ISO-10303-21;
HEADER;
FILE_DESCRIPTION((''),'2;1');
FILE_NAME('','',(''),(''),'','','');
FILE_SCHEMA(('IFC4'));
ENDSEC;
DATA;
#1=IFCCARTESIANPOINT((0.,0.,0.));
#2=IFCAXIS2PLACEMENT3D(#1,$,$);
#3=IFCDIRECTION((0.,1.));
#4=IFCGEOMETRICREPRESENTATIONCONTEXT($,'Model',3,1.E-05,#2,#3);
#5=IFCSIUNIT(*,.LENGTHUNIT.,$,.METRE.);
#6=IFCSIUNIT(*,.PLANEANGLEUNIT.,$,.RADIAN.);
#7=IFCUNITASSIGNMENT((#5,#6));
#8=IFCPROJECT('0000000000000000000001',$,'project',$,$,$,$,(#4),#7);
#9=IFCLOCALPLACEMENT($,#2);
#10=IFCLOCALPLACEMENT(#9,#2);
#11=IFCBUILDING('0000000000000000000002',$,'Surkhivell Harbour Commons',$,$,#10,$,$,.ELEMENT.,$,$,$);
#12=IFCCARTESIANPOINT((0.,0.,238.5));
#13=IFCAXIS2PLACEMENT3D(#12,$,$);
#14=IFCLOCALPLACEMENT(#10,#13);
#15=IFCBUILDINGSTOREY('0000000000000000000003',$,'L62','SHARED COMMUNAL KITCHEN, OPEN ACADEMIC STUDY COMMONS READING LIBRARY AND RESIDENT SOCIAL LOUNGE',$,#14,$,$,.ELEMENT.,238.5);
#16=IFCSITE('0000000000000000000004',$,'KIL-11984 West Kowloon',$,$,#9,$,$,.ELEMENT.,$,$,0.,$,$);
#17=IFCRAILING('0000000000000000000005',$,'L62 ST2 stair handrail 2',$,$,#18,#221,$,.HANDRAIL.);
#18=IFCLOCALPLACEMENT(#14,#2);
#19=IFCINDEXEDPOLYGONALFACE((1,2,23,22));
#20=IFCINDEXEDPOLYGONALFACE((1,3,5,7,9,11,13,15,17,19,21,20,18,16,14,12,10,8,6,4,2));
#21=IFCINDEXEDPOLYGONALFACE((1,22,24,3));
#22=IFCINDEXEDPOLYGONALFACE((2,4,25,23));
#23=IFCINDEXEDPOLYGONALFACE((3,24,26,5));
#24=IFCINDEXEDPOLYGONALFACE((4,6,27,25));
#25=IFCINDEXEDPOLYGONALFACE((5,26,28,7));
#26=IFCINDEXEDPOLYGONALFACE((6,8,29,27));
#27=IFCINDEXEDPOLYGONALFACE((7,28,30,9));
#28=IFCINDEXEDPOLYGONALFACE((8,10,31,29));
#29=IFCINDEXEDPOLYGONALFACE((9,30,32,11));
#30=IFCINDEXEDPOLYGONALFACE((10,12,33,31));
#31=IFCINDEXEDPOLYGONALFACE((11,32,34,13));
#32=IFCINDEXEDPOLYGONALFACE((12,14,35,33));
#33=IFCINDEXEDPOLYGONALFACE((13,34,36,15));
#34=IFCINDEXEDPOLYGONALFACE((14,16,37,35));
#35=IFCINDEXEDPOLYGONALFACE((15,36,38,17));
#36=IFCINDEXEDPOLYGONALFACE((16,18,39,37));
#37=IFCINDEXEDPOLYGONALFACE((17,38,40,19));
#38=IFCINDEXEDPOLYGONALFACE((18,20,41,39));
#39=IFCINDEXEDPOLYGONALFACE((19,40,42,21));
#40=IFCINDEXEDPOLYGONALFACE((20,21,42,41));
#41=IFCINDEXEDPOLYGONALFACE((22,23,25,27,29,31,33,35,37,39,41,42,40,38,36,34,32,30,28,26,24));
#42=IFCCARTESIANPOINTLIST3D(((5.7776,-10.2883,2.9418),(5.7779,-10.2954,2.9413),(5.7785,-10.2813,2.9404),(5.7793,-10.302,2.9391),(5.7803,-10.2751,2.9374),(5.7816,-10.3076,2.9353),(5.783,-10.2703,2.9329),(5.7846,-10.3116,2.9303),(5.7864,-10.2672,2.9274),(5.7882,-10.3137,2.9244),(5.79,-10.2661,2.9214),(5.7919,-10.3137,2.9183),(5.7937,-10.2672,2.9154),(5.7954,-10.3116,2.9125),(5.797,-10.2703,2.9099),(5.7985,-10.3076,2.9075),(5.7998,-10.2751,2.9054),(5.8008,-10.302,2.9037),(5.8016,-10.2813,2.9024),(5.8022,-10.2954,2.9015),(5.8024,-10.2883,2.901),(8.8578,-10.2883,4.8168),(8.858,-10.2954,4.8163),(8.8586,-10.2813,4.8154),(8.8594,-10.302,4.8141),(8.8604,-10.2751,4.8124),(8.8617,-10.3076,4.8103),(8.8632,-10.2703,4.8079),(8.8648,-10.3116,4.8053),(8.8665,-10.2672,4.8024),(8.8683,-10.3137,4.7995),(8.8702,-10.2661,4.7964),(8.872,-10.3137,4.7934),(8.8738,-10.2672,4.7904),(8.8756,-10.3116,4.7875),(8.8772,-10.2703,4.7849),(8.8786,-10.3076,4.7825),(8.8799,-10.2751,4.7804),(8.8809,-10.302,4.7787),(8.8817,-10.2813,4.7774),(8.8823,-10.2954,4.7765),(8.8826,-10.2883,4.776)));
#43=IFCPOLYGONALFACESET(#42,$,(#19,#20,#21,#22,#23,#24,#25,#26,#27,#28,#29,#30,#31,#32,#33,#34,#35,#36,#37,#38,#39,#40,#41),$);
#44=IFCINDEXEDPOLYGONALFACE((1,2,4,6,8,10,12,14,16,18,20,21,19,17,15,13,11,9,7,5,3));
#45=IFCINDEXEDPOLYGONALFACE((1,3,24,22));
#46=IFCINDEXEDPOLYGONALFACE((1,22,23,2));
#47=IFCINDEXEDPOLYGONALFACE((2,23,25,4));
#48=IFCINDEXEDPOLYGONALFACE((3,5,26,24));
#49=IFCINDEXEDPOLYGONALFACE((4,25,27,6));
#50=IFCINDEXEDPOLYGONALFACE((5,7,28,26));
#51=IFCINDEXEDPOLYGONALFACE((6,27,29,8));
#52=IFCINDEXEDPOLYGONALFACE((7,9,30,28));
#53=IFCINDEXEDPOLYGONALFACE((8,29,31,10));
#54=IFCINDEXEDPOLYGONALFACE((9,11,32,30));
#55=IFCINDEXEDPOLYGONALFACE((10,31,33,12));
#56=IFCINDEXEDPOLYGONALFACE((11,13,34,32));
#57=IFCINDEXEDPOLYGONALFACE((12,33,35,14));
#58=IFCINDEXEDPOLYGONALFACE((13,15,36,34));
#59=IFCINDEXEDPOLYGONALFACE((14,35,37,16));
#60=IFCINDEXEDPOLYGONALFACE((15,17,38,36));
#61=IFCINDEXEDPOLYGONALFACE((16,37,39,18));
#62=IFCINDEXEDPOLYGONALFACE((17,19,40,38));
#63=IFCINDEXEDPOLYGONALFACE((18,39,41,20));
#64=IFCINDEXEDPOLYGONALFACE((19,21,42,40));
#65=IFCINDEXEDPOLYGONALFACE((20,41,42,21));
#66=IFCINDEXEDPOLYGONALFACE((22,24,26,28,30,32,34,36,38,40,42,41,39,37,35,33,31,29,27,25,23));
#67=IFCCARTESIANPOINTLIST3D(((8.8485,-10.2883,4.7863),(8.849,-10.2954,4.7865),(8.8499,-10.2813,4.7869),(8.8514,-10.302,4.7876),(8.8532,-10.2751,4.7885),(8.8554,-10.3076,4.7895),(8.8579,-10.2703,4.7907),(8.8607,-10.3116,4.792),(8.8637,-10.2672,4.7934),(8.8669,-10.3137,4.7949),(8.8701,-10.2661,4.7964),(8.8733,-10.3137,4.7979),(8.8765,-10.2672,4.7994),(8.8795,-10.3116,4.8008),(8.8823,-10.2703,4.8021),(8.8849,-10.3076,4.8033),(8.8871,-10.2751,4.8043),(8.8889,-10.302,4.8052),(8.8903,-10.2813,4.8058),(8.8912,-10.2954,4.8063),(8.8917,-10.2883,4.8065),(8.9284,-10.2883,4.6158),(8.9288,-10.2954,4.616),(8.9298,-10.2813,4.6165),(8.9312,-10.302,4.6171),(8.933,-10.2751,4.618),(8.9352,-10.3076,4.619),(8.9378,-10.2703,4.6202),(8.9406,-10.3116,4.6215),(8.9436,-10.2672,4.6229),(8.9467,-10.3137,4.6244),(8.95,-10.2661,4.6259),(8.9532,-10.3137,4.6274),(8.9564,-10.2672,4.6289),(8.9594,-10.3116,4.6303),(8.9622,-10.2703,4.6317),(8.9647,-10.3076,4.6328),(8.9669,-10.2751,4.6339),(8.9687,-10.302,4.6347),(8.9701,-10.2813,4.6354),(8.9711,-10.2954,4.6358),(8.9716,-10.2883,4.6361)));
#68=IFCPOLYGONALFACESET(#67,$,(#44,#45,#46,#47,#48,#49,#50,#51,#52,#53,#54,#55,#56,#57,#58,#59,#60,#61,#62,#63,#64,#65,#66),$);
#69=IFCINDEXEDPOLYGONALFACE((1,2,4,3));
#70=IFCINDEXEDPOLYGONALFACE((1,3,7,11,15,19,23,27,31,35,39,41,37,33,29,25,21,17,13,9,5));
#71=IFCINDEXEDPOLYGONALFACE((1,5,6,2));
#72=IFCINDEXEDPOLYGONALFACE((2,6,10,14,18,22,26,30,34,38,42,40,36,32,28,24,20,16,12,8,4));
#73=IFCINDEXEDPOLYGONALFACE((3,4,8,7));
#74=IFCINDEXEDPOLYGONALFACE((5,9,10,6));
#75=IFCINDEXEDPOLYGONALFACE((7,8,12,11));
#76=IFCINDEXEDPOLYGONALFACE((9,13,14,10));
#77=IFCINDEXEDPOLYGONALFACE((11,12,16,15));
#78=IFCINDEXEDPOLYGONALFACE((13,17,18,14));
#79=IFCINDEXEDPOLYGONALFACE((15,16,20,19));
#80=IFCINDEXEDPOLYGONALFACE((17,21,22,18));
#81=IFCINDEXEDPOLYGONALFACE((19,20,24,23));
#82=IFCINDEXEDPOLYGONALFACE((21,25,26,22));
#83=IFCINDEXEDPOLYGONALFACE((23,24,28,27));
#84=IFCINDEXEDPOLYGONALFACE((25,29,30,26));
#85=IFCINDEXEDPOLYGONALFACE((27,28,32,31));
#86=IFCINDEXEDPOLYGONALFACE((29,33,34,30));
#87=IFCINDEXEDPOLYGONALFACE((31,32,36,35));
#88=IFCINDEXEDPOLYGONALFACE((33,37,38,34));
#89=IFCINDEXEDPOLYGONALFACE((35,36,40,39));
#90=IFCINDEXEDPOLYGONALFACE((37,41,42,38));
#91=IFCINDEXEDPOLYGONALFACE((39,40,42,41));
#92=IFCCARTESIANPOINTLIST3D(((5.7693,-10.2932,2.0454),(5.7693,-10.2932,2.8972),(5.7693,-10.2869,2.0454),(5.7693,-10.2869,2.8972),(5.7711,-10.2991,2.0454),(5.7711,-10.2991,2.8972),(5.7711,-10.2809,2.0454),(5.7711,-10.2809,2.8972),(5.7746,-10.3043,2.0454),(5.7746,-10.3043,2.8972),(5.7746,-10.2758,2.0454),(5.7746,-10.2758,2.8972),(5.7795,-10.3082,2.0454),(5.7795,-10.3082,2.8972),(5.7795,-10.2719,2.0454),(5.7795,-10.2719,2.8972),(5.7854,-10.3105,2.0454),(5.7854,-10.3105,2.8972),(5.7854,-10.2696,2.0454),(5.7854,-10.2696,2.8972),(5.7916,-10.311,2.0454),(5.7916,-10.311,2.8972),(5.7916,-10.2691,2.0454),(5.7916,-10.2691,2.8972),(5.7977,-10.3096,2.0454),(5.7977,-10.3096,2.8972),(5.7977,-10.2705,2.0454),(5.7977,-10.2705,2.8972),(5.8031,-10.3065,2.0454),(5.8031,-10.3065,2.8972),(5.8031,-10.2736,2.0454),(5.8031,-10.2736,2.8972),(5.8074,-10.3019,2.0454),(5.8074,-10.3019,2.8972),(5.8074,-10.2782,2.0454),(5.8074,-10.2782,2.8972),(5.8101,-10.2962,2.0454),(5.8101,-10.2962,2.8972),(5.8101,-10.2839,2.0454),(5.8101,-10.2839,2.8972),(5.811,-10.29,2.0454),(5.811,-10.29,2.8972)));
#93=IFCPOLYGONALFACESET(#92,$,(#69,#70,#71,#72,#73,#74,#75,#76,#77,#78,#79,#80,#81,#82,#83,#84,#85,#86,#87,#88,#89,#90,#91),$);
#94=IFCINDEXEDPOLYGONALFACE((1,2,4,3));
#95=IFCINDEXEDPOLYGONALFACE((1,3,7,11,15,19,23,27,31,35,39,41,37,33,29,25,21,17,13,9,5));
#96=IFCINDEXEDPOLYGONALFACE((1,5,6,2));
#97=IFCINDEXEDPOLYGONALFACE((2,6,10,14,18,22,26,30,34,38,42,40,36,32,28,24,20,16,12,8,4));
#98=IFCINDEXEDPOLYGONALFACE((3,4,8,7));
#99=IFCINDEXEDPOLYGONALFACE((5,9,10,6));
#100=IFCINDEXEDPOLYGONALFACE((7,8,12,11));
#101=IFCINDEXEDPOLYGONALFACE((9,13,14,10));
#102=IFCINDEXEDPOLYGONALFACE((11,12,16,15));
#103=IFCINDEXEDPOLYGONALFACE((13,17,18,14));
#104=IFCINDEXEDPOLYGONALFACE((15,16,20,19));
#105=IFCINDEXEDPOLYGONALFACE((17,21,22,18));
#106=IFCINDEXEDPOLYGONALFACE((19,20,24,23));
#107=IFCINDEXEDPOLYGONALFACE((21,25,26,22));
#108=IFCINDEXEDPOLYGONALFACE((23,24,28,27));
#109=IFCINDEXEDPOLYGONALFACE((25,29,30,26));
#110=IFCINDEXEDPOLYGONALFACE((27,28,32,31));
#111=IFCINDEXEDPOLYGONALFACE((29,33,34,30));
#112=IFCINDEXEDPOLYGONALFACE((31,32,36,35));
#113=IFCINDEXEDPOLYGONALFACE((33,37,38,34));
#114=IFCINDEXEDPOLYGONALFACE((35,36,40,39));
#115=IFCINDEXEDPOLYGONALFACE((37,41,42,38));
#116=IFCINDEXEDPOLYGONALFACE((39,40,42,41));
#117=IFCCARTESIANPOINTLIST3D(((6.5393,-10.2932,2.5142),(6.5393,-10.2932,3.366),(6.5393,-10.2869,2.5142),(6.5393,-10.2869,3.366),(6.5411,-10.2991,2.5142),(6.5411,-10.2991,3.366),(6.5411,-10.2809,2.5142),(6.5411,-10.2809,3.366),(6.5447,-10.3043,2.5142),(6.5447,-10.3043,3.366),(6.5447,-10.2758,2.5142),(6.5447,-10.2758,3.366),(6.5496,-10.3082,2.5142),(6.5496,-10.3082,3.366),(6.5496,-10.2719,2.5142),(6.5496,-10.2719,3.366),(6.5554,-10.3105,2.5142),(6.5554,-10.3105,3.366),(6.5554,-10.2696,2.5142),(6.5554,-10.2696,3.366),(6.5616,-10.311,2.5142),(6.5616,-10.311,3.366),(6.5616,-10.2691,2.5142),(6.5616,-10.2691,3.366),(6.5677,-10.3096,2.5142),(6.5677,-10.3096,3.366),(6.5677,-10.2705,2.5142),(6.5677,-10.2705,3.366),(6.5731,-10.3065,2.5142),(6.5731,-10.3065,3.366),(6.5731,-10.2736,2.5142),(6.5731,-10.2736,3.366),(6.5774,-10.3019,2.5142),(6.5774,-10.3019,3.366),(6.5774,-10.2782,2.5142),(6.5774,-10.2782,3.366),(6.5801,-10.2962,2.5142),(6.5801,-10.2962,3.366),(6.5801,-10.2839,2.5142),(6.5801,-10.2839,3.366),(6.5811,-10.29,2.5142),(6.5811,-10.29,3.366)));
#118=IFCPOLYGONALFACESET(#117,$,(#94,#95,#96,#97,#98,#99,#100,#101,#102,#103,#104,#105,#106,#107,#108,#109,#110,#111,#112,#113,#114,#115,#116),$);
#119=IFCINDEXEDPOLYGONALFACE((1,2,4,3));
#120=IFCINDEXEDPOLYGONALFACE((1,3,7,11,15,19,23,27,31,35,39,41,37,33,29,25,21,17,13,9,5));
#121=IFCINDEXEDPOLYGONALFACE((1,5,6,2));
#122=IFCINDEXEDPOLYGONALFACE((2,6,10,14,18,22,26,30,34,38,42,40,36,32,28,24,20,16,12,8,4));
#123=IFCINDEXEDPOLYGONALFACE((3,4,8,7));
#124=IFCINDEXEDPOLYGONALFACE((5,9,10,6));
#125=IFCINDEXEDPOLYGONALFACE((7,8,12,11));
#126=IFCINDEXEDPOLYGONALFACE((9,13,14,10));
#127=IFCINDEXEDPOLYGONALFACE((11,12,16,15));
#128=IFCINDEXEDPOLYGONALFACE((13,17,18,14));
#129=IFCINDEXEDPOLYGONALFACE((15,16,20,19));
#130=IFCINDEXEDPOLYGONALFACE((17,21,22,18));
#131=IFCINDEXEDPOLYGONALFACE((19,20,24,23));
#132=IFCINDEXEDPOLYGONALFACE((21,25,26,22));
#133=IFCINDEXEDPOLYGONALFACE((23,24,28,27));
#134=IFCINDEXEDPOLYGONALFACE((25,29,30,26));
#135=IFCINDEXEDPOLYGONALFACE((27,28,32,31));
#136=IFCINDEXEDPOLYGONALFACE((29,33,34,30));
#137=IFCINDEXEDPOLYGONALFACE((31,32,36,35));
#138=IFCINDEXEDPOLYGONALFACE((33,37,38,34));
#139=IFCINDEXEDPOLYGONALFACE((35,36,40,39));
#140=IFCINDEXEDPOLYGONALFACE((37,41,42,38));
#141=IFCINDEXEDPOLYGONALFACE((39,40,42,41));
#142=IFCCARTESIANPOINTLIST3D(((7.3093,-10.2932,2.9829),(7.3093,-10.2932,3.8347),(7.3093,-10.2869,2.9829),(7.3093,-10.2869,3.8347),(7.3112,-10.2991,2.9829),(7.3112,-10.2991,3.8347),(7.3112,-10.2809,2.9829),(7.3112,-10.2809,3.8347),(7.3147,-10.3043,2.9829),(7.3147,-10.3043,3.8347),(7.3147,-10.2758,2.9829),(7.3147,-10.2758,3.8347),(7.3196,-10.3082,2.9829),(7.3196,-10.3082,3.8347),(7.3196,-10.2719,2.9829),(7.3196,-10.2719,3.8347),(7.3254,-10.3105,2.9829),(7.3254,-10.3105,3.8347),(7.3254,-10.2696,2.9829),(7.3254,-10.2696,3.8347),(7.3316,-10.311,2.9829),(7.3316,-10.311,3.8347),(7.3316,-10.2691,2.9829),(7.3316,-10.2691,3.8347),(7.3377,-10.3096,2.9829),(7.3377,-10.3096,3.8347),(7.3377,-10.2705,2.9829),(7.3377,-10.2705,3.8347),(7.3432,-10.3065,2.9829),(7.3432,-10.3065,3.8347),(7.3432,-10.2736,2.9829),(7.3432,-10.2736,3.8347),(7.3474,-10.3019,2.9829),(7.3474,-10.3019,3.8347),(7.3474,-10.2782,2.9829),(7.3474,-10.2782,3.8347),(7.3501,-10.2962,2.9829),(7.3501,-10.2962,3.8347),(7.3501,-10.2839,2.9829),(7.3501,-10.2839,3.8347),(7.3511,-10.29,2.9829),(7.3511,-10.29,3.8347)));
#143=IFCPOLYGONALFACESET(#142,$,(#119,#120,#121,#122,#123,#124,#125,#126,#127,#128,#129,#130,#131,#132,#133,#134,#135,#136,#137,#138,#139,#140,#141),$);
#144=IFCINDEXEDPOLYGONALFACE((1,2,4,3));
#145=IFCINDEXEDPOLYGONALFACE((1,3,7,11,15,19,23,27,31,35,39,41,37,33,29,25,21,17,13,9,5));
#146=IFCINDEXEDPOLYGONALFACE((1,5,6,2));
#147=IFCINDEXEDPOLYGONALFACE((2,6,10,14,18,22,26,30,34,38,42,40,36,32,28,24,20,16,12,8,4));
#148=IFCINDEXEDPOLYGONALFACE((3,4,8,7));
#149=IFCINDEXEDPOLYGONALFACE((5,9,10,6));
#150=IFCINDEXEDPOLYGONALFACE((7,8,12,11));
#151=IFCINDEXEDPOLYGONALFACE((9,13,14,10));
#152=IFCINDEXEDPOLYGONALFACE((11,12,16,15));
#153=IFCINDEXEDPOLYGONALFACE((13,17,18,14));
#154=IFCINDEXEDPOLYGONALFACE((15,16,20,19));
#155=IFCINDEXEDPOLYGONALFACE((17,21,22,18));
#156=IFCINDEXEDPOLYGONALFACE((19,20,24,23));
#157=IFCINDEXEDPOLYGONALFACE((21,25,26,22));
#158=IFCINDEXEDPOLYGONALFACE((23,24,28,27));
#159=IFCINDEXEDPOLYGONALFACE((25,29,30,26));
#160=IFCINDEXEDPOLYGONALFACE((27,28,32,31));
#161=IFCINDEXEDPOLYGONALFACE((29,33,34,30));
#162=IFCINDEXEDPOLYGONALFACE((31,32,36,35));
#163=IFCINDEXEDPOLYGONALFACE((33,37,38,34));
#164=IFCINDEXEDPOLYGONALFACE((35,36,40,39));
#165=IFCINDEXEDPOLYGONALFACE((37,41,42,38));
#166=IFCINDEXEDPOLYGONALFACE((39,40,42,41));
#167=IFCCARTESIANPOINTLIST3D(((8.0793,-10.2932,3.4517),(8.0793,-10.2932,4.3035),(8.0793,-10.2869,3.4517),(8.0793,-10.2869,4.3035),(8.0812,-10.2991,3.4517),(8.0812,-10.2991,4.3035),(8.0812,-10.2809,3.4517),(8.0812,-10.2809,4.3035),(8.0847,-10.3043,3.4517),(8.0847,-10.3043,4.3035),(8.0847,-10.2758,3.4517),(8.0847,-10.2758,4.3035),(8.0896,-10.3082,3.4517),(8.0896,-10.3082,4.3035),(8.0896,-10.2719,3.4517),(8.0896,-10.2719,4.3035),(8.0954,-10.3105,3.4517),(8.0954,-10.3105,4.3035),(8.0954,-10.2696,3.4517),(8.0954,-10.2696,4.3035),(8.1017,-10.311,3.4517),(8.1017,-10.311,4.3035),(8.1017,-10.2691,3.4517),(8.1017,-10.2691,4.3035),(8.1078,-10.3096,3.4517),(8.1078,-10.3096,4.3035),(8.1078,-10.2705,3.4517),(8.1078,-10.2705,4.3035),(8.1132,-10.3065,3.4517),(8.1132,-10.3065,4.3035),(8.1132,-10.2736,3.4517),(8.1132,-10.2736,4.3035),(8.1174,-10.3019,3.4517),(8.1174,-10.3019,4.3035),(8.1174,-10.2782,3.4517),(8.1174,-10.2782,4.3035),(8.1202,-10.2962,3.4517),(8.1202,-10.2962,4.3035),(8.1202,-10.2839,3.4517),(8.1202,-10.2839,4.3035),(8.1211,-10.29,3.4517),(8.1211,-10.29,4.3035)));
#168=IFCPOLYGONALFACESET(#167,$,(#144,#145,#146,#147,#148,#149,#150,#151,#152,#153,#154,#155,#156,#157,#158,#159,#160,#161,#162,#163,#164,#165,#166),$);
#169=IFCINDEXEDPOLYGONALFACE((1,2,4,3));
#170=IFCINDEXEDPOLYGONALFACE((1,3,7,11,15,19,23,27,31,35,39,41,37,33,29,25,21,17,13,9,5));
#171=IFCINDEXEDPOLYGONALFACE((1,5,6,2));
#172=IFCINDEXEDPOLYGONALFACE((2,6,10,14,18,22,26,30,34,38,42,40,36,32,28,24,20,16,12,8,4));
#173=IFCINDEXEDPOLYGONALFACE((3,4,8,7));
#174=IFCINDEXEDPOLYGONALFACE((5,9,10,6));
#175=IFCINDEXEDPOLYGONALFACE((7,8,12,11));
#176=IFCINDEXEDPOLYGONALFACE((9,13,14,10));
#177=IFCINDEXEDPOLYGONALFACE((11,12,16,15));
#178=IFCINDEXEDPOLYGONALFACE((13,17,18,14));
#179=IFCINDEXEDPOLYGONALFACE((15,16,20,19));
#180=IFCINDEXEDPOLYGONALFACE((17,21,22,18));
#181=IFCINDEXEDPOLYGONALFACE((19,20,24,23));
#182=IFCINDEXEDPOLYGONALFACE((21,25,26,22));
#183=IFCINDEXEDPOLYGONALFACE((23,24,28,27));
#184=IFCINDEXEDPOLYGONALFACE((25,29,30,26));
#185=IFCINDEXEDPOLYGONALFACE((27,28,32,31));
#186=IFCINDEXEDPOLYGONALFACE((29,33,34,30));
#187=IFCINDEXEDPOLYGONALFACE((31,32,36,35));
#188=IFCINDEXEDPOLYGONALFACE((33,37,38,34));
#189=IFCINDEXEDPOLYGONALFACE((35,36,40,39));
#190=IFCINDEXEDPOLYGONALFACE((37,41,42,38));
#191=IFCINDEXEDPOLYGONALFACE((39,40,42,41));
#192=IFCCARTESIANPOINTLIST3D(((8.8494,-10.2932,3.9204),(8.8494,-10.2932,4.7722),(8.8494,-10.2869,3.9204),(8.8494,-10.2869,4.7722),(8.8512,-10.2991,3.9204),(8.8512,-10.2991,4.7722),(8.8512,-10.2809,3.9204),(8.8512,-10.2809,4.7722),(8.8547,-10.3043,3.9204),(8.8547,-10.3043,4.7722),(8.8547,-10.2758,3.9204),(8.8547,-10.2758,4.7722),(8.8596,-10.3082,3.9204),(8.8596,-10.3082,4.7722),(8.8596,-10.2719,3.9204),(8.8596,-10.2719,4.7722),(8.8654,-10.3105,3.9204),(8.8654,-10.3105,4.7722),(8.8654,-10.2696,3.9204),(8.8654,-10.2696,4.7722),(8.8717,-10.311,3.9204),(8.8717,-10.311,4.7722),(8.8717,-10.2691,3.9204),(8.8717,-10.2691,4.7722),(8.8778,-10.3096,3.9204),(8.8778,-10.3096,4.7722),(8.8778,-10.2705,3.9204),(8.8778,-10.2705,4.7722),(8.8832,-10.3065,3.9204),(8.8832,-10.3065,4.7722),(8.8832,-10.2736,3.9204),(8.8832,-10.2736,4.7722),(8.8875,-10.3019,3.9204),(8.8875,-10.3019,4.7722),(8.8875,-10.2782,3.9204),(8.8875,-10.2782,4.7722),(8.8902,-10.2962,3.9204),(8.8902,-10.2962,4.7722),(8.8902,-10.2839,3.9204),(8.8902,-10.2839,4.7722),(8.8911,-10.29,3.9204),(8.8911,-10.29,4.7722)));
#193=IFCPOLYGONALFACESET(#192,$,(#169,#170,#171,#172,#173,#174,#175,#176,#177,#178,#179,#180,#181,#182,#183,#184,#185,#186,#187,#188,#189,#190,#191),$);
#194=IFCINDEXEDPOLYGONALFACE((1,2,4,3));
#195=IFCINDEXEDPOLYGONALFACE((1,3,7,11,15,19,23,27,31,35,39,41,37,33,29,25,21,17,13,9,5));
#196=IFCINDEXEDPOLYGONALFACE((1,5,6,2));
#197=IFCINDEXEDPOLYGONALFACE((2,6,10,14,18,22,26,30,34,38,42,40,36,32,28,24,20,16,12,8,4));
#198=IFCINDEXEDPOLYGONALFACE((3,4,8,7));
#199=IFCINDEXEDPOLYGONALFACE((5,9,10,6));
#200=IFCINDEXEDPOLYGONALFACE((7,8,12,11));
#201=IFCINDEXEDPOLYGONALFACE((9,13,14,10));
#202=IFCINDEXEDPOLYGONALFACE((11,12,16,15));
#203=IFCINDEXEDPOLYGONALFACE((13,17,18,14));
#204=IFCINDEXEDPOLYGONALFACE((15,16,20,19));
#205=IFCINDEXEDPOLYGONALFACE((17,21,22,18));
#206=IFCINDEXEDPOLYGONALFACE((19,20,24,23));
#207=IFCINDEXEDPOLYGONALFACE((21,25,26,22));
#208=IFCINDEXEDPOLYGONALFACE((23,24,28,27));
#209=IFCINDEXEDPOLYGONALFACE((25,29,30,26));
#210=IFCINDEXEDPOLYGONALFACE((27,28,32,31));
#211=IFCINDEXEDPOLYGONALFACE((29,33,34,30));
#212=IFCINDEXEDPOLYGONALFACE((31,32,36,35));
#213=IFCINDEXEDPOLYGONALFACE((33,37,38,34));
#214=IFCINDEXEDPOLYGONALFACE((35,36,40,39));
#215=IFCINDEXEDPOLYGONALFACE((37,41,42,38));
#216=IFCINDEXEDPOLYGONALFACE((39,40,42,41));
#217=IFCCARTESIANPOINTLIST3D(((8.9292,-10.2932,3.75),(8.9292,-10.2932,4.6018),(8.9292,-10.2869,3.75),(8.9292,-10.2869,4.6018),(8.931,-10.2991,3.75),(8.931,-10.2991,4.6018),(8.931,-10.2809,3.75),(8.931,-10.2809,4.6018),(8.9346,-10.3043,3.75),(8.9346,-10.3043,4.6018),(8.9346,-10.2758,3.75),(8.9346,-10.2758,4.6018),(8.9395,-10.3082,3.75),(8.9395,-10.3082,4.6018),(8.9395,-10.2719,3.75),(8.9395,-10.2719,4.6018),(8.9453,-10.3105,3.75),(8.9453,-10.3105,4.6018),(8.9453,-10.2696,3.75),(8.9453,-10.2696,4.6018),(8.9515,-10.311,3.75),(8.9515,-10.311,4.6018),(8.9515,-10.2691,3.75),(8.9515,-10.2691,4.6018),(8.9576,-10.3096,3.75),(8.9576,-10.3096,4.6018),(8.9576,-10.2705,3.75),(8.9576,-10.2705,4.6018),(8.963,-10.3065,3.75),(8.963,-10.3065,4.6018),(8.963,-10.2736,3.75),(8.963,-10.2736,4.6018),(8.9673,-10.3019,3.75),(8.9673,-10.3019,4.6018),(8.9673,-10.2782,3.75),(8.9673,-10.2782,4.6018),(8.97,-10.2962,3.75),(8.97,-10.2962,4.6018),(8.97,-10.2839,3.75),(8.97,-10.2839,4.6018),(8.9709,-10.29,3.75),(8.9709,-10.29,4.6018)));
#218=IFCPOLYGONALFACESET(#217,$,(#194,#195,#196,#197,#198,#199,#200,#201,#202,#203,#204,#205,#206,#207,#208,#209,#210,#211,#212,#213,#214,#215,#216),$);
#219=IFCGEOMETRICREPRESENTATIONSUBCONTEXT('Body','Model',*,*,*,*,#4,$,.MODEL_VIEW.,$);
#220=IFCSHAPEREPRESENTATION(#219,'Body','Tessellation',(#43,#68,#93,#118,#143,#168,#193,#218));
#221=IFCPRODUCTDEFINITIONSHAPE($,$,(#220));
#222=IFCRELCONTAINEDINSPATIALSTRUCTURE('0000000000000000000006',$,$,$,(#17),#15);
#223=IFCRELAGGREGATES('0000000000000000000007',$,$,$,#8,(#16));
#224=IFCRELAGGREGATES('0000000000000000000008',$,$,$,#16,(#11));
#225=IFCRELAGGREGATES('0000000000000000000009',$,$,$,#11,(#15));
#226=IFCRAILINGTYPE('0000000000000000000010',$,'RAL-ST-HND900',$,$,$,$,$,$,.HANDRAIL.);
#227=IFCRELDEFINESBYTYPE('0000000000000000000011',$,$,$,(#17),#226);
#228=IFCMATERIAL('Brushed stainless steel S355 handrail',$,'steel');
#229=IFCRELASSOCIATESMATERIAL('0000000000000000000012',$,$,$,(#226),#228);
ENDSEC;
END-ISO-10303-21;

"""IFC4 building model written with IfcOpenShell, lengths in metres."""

from ifc_helpers import new_model, si_unit, direction, frame, origin, origin_2d, place, context, subcontext, project, spatial, circle, extrude, material, type_object, element, save


model = new_model("IFC4")

# Units and contexts
model_context = context("Model", 3, precision=1e-05, world=origin(), true_north=direction((0.0, 1.0)))
body_context = subcontext(model_context, "Body", "Model", "MODEL_VIEW")
ifc_project = project(units=[si_unit("LENGTHUNIT", "METRE"), si_unit("PLANEANGLEUNIT", "RADIAN")], contexts=[model_context])

# Site, building, storey
site_placement = place(None, origin())
site = spatial("IfcSite", under=ifc_project, at=site_placement, Name="KIL-11984 West Kowloon", CompositionType="ELEMENT", RefElevation=0.0)
building_placement = place(site_placement, origin())
building = spatial("IfcBuilding", under=site, at=building_placement, Name="Surkhivell Harbour Commons", CompositionType="ELEMENT")
storey_placement = place(building_placement, frame((0.0, 0.0, 238.5)))
storey = spatial("IfcBuildingStorey", under=building, at=storey_placement, Name="L62", Description="SHARED COMMUNAL KITCHEN, OPEN ACADEMIC STUDY COMMONS READING LIBRARY AND RESIDENT SOCIAL LOUNGE", CompositionType="ELEMENT", Elevation=238.5)

# Railing
ifc_material_1 = material(Name="Brushed stainless steel S355 handrail", Category="steel")
railing_type_1 = type_object("IfcRailingType", Name="RAL-ST-HND900", PredefinedType="HANDRAIL", material=ifc_material_1)
railing_1_placement = place(storey_placement, frame((5.79, -10.29, 2.0454)))
element("IfcRailing", 1, at=railing_1_placement, inside=storey, type_object=railing_type_1, Name="L62 ST2 stair handrail 2", PredefinedType="HANDRAIL", context=body_context, shape_type="SweptSolid", body=[
    extrude(circle(Radius=0.0239, at=origin_2d()), frame((0.0, 0.0, 0.876), z_axis=(0.854178, 0.0, 0.519981), x_axis=(0.0, 1.0, 0.0)), (0.0, 0.0, 1.0), 3.606),
    extrude(circle(Radius=0.0239, at=origin_2d()), frame((3.0801, 0.0, 2.751), z_axis=(0.424234, 0.0, -0.905552), x_axis=(0.0, 1.0, 0.0)), (0.0, 0.0, 1.0), 0.1882),
    extrude(circle(Radius=0.021, at=origin_2d()), origin(), (0.0, 0.0, 1.0), 0.8518),
    extrude(circle(Radius=0.021, at=origin_2d()), frame((0.77, 0.0, 0.4688)), (0.0, 0.0, 1.0), 0.8518),
    extrude(circle(Radius=0.021, at=origin_2d()), frame((1.54, 0.0, 0.9375)), (0.0, 0.0, 1.0), 0.8518),
    extrude(circle(Radius=0.021, at=origin_2d()), frame((2.3101, 0.0, 1.4062)), (0.0, 0.0, 1.0), 0.8518),
    extrude(circle(Radius=0.021, at=origin_2d()), frame((3.0801, 0.0, 1.875)), (0.0, 0.0, 1.0), 0.8518),
    extrude(circle(Radius=0.021, at=origin_2d()), frame((3.1599, 0.0, 1.7046)), (0.0, 0.0, 1.0), 0.8518),
])

save(model, "model.ifc")
